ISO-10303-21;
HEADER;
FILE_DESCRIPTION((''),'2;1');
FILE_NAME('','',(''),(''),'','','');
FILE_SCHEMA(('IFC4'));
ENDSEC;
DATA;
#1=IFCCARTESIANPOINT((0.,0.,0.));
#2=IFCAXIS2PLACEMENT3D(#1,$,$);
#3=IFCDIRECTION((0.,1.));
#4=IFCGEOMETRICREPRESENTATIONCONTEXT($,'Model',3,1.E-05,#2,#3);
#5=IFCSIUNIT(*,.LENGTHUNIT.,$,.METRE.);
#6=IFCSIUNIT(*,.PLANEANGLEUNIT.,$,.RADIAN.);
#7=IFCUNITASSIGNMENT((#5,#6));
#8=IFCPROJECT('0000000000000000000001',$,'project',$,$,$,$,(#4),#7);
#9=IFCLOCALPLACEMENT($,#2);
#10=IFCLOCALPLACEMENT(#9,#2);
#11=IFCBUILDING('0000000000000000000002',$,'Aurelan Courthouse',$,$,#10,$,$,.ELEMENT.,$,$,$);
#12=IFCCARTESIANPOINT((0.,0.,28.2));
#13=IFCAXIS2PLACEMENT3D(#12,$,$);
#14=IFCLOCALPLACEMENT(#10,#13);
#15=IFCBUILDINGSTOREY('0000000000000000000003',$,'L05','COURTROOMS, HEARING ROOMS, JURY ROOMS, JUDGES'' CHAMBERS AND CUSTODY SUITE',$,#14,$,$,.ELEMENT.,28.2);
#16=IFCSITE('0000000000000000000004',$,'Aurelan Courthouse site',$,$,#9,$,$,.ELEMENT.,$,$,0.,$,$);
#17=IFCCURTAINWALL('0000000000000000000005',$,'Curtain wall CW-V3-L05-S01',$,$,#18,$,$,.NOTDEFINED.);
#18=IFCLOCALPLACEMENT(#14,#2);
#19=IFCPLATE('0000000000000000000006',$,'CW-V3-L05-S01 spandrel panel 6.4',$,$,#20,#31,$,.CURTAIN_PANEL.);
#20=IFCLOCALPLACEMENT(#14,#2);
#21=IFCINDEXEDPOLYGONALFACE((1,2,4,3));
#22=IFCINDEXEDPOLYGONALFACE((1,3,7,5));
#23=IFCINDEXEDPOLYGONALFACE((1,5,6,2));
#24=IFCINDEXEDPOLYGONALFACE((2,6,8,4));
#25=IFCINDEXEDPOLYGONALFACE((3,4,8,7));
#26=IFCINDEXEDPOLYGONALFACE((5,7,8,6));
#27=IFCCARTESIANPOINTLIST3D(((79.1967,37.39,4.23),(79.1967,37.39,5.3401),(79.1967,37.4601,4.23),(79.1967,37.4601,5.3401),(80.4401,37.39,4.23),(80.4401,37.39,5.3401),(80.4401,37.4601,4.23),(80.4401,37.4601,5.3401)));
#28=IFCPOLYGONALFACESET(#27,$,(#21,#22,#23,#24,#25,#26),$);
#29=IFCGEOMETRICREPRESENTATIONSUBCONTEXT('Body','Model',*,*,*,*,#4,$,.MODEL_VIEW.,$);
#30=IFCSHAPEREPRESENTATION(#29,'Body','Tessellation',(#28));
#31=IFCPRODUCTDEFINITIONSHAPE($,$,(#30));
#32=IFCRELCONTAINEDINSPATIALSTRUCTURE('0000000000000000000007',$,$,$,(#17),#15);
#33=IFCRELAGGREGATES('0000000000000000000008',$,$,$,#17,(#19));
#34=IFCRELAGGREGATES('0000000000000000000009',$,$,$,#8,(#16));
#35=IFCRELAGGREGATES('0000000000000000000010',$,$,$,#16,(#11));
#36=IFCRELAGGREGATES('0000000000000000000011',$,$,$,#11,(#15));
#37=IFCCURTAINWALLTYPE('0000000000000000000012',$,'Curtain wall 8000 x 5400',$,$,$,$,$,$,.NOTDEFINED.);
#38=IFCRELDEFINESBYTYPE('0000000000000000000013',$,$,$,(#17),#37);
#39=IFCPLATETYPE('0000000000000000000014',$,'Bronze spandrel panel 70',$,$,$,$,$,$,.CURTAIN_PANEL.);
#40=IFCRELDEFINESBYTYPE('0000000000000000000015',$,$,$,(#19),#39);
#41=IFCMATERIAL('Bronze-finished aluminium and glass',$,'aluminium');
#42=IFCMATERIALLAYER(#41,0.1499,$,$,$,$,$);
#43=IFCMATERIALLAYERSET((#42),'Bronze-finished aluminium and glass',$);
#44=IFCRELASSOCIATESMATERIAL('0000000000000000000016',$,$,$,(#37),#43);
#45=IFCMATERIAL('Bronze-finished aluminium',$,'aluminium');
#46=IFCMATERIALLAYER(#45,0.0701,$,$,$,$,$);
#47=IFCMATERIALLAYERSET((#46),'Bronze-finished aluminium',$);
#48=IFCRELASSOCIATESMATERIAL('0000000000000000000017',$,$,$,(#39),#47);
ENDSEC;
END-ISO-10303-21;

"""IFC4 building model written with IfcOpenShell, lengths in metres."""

from ifc_helpers import new_model, si_unit, direction, frame, origin, origin_2d, place, context, subcontext, project, spatial, rectangle, extrude, material, layer, layer_set, type_object, element, aggregate, save


model = new_model("IFC4")

# Units and contexts
model_context = context("Model", 3, precision=1e-05, world=origin(), true_north=direction((0.0, 1.0)))
body_context = subcontext(model_context, "Body", "Model", "MODEL_VIEW")
ifc_project = project(units=[si_unit("LENGTHUNIT", "METRE"), si_unit("PLANEANGLEUNIT", "RADIAN")], contexts=[model_context])

# Site, building, storey
site_placement = place(None, origin())
site = spatial("IfcSite", under=ifc_project, at=site_placement, Name="Aurelan Courthouse site", CompositionType="ELEMENT", RefElevation=0.0)
building_placement = place(site_placement, origin())
building = spatial("IfcBuilding", under=site, at=building_placement, Name="Aurelan Courthouse", CompositionType="ELEMENT")
storey_placement = place(building_placement, frame((0.0, 0.0, 28.2)))
storey = spatial("IfcBuildingStorey", under=building, at=storey_placement, Name="L05", Description="COURTROOMS, HEARING ROOMS, JURY ROOMS, JUDGES' CHAMBERS AND CUSTODY SUITE", CompositionType="ELEMENT", Elevation=28.2)

# Curtain wall, plate
ifc_material_1 = material(Name="Bronze-finished aluminium and glass", Category="aluminium")
ifc_layer_1 = layer(ifc_material_1, 0.1499)
ifc_layer_set_1 = layer_set([ifc_layer_1], Name="Bronze-finished aluminium and glass")
curtain_wall_type = type_object("IfcCurtainWallType", Name="Curtain wall 8000 x 5400", PredefinedType="NOTDEFINED", material=ifc_layer_set_1)
curtain_wall_placement = place(storey_placement, origin())
curtain_wall = element("IfcCurtainWall", 1, at=curtain_wall_placement, inside=storey, type_object=curtain_wall_type, Name="Curtain wall CW-V3-L05-S01", PredefinedType="NOTDEFINED")
ifc_material_2 = material(Name="Bronze-finished aluminium", Category="aluminium")
ifc_layer_2 = layer(ifc_material_2, 0.0701)
ifc_layer_set_2 = layer_set([ifc_layer_2], Name="Bronze-finished aluminium")
plate_type = type_object("IfcPlateType", Name="Bronze spandrel panel 70", PredefinedType="CURTAIN_PANEL", material=ifc_layer_set_2)
plate_placement = place(storey_placement, frame((79.8184, 37.425, 4.23), z_axis=(0.0, 0.0, 1.0), x_axis=(1.0, 0.0, 0.0)))
plate = element("IfcPlate", 2, at=plate_placement, type_object=plate_type, Name="CW-V3-L05-S01 spandrel panel 6.4", PredefinedType="CURTAIN_PANEL", context=body_context, shape_type="SweptSolid", body=[
    extrude(rectangle(XDim=1.2434, YDim=0.0701, at=origin_2d()), origin(), (0.0, 0.0, 1.0), 1.1101),
])
aggregate(curtain_wall, [plate])

save(model, "model.ifc")
